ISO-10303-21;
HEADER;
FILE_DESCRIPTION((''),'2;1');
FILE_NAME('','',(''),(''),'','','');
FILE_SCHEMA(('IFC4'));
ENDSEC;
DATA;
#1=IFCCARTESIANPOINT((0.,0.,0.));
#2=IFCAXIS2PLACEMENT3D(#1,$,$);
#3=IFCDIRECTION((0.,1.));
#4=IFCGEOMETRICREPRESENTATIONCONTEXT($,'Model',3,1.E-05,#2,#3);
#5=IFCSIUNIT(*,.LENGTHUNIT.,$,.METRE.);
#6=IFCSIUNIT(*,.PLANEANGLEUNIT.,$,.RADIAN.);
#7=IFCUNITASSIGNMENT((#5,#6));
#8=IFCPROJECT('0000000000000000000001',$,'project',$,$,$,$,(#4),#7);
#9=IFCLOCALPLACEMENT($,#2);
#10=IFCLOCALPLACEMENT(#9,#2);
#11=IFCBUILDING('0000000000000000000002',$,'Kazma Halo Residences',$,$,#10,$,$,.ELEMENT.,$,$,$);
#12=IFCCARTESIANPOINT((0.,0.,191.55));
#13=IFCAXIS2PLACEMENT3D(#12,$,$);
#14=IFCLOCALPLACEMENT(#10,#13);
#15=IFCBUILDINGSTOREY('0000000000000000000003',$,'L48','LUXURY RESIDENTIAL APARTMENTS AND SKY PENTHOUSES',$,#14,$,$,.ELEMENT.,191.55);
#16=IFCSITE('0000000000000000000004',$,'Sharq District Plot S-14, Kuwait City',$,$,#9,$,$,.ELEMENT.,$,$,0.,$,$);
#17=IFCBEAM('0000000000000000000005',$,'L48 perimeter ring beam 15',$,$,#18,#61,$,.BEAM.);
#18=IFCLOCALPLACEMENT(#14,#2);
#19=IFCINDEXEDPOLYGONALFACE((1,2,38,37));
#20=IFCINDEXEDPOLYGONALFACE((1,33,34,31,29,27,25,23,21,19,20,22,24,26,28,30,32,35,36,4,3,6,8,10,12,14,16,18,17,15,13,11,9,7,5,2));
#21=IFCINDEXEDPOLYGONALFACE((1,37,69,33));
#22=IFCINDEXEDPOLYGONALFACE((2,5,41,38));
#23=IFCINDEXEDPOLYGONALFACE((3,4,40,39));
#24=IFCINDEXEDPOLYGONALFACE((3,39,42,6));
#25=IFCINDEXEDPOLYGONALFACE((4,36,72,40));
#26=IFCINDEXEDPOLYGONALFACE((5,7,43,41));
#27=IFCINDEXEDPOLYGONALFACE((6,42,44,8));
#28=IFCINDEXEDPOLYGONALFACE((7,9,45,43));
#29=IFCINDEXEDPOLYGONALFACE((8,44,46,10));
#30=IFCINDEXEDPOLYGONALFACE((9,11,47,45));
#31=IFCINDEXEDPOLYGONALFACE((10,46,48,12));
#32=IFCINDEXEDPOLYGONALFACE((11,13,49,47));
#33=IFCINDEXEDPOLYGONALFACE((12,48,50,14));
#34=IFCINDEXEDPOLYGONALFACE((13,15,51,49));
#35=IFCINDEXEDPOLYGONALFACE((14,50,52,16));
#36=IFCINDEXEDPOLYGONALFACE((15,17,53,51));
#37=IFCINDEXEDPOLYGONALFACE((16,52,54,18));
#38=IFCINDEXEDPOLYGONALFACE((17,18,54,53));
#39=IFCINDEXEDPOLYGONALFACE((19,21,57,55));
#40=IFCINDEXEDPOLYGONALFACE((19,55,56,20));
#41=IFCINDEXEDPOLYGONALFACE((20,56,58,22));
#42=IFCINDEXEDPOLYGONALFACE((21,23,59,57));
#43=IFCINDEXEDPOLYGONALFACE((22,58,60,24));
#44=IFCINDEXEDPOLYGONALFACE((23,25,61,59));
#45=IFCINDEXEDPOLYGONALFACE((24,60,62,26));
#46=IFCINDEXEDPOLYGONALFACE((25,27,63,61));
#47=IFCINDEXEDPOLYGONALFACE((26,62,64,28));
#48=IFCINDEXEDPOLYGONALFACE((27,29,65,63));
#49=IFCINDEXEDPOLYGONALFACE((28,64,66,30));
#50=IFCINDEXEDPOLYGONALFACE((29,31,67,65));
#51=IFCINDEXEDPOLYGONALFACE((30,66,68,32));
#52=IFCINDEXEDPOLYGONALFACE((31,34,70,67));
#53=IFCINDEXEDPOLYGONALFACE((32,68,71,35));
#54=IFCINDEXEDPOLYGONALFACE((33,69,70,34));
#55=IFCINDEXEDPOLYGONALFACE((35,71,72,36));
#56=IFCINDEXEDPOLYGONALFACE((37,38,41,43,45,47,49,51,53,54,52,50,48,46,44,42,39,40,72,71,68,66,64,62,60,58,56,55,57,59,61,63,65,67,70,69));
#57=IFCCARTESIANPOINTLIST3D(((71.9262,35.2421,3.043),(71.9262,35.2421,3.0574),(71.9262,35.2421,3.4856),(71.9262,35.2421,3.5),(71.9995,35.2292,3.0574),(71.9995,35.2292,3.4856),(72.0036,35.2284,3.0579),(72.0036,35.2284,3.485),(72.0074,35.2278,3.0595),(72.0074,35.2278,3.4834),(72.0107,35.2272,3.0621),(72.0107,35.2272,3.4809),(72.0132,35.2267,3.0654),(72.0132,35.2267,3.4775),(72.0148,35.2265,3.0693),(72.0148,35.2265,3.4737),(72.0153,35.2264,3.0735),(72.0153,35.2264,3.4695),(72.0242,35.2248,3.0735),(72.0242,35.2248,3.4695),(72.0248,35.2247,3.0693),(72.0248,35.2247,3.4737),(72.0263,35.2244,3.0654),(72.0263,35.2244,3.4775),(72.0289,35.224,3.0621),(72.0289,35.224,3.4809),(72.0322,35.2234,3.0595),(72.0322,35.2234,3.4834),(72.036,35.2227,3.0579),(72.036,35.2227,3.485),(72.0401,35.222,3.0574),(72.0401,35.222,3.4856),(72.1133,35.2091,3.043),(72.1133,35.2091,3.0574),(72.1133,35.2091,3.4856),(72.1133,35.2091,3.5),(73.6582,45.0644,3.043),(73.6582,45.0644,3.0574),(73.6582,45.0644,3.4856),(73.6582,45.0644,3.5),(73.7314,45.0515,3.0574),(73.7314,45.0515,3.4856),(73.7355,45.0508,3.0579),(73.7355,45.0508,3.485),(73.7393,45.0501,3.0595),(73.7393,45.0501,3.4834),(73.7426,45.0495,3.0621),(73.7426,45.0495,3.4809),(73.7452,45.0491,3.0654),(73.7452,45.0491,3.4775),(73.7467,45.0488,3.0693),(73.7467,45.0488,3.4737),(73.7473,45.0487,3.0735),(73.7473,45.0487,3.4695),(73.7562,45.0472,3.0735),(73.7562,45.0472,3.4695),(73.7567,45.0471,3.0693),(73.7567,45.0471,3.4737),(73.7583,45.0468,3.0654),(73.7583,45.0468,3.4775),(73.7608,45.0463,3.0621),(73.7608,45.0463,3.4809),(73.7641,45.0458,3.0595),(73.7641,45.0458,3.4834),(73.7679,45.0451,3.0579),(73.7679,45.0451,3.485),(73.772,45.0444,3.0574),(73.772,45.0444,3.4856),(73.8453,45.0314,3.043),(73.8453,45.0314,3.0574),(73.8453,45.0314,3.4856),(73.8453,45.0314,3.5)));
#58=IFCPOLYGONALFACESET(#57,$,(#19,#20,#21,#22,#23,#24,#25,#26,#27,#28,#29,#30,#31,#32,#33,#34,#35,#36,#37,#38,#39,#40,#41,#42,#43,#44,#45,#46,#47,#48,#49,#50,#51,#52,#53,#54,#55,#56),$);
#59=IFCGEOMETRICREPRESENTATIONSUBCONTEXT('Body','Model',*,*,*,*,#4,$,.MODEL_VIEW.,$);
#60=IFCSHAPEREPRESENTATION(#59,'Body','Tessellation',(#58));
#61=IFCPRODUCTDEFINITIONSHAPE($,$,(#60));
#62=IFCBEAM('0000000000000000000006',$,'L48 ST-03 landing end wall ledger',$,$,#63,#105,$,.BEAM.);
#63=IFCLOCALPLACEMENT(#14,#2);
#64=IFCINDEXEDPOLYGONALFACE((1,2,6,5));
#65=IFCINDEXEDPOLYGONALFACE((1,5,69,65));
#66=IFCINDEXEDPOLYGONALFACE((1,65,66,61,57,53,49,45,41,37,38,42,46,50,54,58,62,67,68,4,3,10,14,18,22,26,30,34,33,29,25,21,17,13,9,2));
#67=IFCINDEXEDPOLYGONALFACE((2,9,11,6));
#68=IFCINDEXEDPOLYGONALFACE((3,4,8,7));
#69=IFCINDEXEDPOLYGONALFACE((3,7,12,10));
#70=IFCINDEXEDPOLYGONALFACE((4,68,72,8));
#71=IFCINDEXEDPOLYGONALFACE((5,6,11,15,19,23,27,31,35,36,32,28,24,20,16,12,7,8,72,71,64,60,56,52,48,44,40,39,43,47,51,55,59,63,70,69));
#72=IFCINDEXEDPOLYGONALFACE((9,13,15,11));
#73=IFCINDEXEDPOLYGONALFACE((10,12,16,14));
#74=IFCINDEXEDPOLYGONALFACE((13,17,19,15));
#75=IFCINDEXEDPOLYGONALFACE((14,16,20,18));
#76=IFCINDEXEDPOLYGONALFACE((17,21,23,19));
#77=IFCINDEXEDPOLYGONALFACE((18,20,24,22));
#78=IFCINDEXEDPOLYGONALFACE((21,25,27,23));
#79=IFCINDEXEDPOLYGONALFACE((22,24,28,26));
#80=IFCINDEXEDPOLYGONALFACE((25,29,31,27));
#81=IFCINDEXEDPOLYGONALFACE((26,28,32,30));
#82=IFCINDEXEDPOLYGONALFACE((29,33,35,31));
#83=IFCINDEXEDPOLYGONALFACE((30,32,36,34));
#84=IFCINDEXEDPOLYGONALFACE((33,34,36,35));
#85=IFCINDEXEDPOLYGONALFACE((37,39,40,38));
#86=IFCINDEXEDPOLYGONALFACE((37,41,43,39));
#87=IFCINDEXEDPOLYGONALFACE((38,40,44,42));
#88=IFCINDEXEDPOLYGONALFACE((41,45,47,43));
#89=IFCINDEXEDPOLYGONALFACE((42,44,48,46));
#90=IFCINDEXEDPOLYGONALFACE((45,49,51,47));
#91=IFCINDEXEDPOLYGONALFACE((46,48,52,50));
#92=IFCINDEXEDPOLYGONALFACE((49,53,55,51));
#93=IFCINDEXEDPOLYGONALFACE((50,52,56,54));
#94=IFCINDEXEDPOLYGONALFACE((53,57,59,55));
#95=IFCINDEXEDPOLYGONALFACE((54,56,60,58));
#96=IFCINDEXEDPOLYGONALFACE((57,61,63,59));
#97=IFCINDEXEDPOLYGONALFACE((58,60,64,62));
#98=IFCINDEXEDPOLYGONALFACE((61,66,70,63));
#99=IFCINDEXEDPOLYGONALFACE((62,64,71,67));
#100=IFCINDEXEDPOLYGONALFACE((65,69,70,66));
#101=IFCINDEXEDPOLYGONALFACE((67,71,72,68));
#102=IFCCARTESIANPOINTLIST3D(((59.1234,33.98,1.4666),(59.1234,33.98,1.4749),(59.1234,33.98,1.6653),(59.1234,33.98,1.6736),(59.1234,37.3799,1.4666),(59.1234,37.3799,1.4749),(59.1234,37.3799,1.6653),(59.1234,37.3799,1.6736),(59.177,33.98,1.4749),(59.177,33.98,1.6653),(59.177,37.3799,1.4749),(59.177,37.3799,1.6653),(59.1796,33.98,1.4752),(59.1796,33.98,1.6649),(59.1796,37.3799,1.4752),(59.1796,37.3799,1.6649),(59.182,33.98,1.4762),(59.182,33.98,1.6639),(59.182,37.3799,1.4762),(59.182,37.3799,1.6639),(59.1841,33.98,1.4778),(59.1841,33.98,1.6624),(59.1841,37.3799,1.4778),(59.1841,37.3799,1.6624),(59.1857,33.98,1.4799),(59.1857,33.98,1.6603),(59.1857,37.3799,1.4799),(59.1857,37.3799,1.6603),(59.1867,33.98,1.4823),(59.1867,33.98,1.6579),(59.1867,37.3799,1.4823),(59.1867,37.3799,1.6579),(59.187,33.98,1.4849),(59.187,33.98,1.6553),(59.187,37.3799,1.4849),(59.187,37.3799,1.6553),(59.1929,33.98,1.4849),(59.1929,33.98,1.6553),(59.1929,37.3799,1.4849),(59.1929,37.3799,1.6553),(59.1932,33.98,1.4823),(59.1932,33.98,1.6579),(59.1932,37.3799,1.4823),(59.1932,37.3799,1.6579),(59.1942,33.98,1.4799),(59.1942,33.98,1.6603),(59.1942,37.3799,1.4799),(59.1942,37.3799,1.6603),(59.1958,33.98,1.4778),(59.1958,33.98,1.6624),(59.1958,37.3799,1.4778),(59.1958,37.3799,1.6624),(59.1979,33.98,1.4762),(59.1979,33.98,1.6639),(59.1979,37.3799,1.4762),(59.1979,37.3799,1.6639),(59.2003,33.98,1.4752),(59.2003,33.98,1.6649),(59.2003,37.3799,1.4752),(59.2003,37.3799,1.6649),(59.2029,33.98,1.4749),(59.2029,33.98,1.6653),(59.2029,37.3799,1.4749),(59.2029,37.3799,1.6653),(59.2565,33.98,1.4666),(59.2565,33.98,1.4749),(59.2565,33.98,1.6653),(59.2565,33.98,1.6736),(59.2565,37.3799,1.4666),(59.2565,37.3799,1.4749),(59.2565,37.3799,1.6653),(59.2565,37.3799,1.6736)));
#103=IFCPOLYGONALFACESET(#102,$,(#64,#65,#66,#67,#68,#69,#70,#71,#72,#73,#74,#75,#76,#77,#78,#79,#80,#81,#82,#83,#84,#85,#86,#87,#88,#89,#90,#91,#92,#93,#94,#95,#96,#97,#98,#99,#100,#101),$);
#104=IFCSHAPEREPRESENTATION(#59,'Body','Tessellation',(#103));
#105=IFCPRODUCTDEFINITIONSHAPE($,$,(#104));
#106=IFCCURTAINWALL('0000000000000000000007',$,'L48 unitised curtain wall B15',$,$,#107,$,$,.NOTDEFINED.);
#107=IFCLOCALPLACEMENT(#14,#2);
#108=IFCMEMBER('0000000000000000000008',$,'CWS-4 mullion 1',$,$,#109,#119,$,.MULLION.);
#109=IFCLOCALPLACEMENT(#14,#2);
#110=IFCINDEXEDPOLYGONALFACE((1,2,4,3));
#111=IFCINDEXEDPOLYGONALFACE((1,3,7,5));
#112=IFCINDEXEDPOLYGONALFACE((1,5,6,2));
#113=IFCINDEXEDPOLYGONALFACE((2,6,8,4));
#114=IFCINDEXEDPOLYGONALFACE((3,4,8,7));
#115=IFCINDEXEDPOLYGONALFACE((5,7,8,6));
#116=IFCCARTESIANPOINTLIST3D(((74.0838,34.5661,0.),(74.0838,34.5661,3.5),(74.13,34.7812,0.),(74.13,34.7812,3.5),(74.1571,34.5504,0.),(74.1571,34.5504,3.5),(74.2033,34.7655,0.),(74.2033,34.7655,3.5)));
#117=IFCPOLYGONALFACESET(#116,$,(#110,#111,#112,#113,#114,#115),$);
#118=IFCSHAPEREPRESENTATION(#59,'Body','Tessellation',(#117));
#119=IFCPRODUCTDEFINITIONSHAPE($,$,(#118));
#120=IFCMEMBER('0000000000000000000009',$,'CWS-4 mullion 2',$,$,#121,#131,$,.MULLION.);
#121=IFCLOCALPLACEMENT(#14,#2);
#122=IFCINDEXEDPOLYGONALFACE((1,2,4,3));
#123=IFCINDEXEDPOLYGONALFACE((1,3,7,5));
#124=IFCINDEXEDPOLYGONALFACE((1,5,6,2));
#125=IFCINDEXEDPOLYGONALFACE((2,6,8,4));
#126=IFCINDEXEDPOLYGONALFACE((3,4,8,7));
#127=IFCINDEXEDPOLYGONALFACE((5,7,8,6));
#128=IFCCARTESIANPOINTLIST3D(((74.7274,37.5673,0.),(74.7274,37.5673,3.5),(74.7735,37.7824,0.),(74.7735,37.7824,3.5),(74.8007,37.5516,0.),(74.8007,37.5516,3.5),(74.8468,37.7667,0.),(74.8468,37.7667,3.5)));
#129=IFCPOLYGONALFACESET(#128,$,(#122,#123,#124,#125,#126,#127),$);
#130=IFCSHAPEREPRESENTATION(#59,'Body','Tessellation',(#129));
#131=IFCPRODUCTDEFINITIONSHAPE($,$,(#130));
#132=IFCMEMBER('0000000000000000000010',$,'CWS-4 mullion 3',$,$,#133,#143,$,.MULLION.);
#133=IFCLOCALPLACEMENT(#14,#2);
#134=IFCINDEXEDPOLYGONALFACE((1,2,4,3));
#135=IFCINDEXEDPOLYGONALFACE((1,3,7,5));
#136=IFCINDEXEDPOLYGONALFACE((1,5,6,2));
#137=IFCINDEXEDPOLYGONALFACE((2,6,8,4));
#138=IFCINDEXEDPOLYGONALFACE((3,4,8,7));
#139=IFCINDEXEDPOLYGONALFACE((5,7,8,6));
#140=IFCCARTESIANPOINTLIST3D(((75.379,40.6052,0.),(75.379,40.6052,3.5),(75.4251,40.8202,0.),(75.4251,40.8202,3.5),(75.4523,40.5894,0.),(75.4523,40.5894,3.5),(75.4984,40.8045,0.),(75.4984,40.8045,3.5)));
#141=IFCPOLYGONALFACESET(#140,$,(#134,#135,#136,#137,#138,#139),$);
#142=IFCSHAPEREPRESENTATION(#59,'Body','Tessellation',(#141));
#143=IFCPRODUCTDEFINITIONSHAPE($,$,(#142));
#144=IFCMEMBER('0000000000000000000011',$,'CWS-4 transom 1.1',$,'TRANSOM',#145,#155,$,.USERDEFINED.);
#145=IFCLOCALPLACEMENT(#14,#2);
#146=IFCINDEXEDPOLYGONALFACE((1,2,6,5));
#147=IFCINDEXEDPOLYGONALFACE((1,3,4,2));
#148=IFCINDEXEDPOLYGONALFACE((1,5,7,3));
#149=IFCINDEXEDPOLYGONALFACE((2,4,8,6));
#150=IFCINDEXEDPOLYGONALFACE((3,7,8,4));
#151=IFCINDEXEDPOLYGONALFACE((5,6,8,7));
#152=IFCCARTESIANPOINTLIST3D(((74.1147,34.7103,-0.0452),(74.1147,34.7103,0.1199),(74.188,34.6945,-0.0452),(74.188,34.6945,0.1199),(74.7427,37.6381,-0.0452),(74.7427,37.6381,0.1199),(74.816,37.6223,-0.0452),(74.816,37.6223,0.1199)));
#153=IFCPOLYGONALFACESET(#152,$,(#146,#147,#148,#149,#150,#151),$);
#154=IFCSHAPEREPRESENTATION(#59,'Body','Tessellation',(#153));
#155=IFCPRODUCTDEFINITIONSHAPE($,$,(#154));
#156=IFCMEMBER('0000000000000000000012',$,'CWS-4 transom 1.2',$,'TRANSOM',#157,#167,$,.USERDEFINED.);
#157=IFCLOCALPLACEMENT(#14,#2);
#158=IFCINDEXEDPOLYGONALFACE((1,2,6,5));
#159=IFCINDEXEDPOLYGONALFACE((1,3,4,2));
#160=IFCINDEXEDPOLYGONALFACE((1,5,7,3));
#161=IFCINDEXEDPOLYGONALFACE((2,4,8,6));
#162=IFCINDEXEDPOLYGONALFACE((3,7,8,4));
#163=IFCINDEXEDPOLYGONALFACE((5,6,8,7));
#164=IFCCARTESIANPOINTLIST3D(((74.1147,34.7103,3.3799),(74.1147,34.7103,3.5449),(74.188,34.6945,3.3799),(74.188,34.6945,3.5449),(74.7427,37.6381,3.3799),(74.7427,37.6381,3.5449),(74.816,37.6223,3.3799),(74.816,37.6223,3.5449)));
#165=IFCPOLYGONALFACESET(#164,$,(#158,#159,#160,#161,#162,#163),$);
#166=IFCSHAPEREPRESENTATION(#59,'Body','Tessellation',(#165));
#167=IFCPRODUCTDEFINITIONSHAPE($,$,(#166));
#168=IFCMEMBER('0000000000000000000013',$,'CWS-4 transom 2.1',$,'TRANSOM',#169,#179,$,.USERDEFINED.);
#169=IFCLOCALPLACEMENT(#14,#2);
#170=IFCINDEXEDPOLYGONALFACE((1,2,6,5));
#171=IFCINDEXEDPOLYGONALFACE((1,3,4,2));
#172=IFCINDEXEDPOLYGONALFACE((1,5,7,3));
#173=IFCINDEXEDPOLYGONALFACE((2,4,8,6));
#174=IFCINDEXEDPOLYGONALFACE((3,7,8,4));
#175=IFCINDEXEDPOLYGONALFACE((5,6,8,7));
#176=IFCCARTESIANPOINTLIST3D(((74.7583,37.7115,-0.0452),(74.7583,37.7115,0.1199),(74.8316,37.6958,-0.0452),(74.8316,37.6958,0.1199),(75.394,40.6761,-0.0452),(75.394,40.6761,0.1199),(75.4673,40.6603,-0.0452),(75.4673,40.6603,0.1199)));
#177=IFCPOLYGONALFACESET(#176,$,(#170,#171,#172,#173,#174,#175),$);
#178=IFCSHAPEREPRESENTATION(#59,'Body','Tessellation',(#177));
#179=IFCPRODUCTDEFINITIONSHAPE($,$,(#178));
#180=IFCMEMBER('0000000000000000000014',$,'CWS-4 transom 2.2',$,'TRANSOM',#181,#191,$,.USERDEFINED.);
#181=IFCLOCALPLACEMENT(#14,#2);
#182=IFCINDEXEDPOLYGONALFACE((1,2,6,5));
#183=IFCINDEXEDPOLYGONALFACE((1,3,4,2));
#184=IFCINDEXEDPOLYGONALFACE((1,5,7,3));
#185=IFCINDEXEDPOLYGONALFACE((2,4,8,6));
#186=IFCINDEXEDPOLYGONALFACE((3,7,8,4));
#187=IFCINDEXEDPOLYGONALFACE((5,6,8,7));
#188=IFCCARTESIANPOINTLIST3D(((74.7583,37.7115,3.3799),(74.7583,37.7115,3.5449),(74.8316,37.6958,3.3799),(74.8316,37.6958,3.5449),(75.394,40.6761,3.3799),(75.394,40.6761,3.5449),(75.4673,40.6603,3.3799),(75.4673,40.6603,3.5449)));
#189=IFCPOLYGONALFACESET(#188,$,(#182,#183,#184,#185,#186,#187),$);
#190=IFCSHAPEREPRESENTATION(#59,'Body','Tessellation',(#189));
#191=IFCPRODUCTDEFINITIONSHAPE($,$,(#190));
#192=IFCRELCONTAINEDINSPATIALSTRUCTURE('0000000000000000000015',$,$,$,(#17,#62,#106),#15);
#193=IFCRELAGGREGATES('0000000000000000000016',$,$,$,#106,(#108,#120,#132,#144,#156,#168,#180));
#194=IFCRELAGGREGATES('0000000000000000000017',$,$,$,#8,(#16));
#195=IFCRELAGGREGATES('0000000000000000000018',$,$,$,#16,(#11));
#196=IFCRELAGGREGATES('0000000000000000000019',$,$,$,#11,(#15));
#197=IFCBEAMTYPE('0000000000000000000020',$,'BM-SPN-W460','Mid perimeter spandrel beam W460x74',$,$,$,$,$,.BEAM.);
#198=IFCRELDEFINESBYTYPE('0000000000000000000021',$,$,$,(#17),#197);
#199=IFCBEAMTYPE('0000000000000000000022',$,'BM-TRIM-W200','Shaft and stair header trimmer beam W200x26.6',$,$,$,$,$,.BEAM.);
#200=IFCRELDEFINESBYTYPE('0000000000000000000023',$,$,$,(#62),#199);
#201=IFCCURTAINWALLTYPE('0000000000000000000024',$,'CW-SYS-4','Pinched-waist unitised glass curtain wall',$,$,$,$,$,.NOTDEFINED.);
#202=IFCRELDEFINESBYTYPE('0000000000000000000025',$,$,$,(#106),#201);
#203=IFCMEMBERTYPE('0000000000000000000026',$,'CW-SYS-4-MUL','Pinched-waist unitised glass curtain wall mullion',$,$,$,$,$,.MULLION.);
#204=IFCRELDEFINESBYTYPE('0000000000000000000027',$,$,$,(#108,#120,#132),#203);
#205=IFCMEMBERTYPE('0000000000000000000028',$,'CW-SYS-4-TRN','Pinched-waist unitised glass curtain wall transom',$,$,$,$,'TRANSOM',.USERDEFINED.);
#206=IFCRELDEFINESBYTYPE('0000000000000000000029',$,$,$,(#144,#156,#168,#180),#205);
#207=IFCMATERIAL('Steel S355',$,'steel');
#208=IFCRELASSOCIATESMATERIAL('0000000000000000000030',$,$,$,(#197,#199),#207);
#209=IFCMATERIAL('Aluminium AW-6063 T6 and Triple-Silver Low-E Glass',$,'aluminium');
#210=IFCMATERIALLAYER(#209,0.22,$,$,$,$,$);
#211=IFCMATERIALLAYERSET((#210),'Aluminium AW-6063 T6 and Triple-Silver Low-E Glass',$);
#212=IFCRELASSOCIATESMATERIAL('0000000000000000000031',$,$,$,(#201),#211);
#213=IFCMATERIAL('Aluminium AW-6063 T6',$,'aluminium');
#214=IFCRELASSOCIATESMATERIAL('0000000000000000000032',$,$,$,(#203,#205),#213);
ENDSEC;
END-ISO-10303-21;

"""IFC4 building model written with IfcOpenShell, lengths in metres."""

from ifc_helpers import new_model, si_unit, direction, frame, origin, origin_2d, place, context, subcontext, project, spatial, rectangle, i_section, extrude, material, layer, layer_set, material_profile, profile_set, type_object, element, aggregate, save


model = new_model("IFC4")

# Units and contexts
model_context = context("Model", 3, precision=1e-05, world=origin(), true_north=direction((0.0, 1.0)))
body_context = subcontext(model_context, "Body", "Model", "MODEL_VIEW")
ifc_project = project(units=[si_unit("LENGTHUNIT", "METRE"), si_unit("PLANEANGLEUNIT", "RADIAN")], contexts=[model_context])

# Site, building, storey
site_placement = place(None, origin())
site = spatial("IfcSite", under=ifc_project, at=site_placement, Name="Sharq District Plot S-14, Kuwait City", CompositionType="ELEMENT", RefElevation=0.0)
building_placement = place(site_placement, origin())
building = spatial("IfcBuilding", under=site, at=building_placement, Name="Kazma Halo Residences", CompositionType="ELEMENT")
storey_placement = place(building_placement, frame((0.0, 0.0, 191.55)))
storey = spatial("IfcBuildingStorey", under=building, at=storey_placement, Name="L48", Description="LUXURY RESIDENTIAL APARTMENTS AND SKY PENTHOUSES", CompositionType="ELEMENT", Elevation=191.55)

# Beams
ifc_material_1 = material(Name="Steel S355", Category="steel")
ifc_material_profile_1 = material_profile(ifc_material_1, i_section(OverallWidth=0.1899, OverallDepth=0.457, WebThickness=0.009, FlangeThickness=0.0144, FilletRadius=0.0161, at=origin_2d()), Name="W460x74")
ifc_profile_set_1 = profile_set([ifc_material_profile_1], Name="Steel S355")
beam_type_1 = type_object("IfcBeamType", Name="BM-SPN-W460", Description="Mid perimeter spandrel beam W460x74", PredefinedType="BEAM", material=ifc_profile_set_1)
beam_1_placement = place(storey_placement, frame((72.0198, 35.2256, 3.2715), z_axis=(0.173648, 0.984808, 0.0), x_axis=(-0.984808, 0.173648, 0.0)))
element("IfcBeam", 1, at=beam_1_placement, inside=storey, type_object=beam_type_1, Name="L48 perimeter ring beam 15", PredefinedType="BEAM", context=body_context, shape_type="SweptSolid", body=[
    extrude(i_section(OverallWidth=0.1899, OverallDepth=0.457, WebThickness=0.009, FlangeThickness=0.0144, FilletRadius=0.0161, at=origin_2d()), origin(), (0.0, 0.0, 1.0), 9.9739),
])
ifc_material_profile_2 = material_profile(ifc_material_1, i_section(OverallWidth=0.1331, OverallDepth=0.207, WebThickness=0.0059, FlangeThickness=0.0083, FilletRadius=0.01, at=origin_2d()), Name="W200x26.6")
ifc_profile_set_2 = profile_set([ifc_material_profile_2], Name="Steel S355")
beam_type_2 = type_object("IfcBeamType", Name="BM-TRIM-W200", Description="Shaft and stair header trimmer beam W200x26.6", PredefinedType="BEAM", material=ifc_profile_set_2)
beam_2_placement = place(storey_placement, frame((59.1899, 33.98, 1.5701), z_axis=(0.0, 1.0, 0.0), x_axis=(-1.0, 0.0, 0.0)))
element("IfcBeam", 2, at=beam_2_placement, inside=storey, type_object=beam_type_2, Name="L48 ST-03 landing end wall ledger", PredefinedType="BEAM", context=body_context, shape_type="SweptSolid", body=[
    extrude(i_section(OverallWidth=0.1331, OverallDepth=0.207, WebThickness=0.0059, FlangeThickness=0.0083, FilletRadius=0.01, at=origin_2d()), origin(), (0.0, 0.0, 1.0), 3.3999),
])

# Curtain wall, members
ifc_material_2 = material(Name="Aluminium AW-6063 T6 and Triple-Silver Low-E Glass", Category="aluminium")
ifc_layer_1 = layer(ifc_material_2, 0.22)
ifc_layer_set_1 = layer_set([ifc_layer_1], Name="Aluminium AW-6063 T6 and Triple-Silver Low-E Glass")
curtain_wall_type = type_object("IfcCurtainWallType", Name="CW-SYS-4", Description="Pinched-waist unitised glass curtain wall", PredefinedType="NOTDEFINED", material=ifc_layer_set_1)
curtain_wall_placement = place(storey_placement, origin())
curtain_wall = element("IfcCurtainWall", 3, at=curtain_wall_placement, inside=storey, type_object=curtain_wall_type, Name="L48 unitised curtain wall B15", PredefinedType="NOTDEFINED")
ifc_material_3 = material(Name="Aluminium AW-6063 T6", Category="aluminium")
ifc_material_profile_3 = material_profile(ifc_material_3, rectangle(XDim=0.075, YDim=0.22, at=origin_2d()), Name="CWM-75x220")
ifc_profile_set_3 = profile_set([ifc_material_profile_3], Name="Aluminium AW-6063 T6")
member_type_1 = type_object("IfcMemberType", Name="CW-SYS-4-MUL", Description="Pinched-waist unitised glass curtain wall mullion", PredefinedType="MULLION", material=ifc_profile_set_3)
member_1_placement = place(storey_placement, frame((74.1436, 34.6658, 0.0), z_axis=(0.0, 0.0, 1.0), x_axis=(-0.977768, 0.20969, 0.0)))
member_1 = element("IfcMember", 4, at=member_1_placement, type_object=member_type_1, Name="CWS-4 mullion 1", PredefinedType="MULLION", context=body_context, shape_type="SweptSolid", body=[
    extrude(rectangle(XDim=0.075, YDim=0.22, at=origin_2d()), origin(), (0.0, 0.0, 1.0), 3.5),
])
member_2_placement = place(storey_placement, frame((74.7871, 37.667, 0.0), z_axis=(0.0, 0.0, 1.0), x_axis=(-0.977768, 0.20969, 0.0)))
member_2 = element("IfcMember", 5, at=member_2_placement, type_object=member_type_1, Name="CWS-4 mullion 2", PredefinedType="MULLION", context=body_context, shape_type="SweptSolid", body=[
    extrude(rectangle(XDim=0.075, YDim=0.22, at=origin_2d()), origin(), (0.0, 0.0, 1.0), 3.5),
])
member_3_placement = place(storey_placement, frame((75.4387, 40.7048, 0.0), z_axis=(0.0, 0.0, 1.0), x_axis=(-0.977768, 0.20969, 0.0)))
member_3 = element("IfcMember", 6, at=member_3_placement, type_object=member_type_1, Name="CWS-4 mullion 3", PredefinedType="MULLION", context=body_context, shape_type="SweptSolid", body=[
    extrude(rectangle(XDim=0.075, YDim=0.22, at=origin_2d()), origin(), (0.0, 0.0, 1.0), 3.5),
])
ifc_material_profile_4 = material_profile(ifc_material_3, rectangle(XDim=0.075, YDim=0.165, at=origin_2d()), Name="CWT-75x165")
ifc_profile_set_4 = profile_set([ifc_material_profile_4], Name="Aluminium AW-6063 T6")
member_type_2 = type_object("IfcMemberType", Name="CW-SYS-4-TRN", Description="Pinched-waist unitised glass curtain wall transom", ElementType="TRANSOM", PredefinedType="USERDEFINED", material=ifc_profile_set_4)
member_4_placement = place(storey_placement, frame((74.1514, 34.7024, 0.0374), z_axis=(0.209707, 0.977764, 0.0), x_axis=(-0.977764, 0.209707, 0.0)))
member_4 = element("IfcMember", 7, at=member_4_placement, type_object=member_type_2, Name="CWS-4 transom 1.1", ObjectType="TRANSOM", PredefinedType="USERDEFINED", context=body_context, shape_type="SweptSolid", body=[
    extrude(rectangle(XDim=0.075, YDim=0.165, at=origin_2d()), origin(), (0.0, 0.0, 1.0), 2.9944),
])
member_5_placement = place(storey_placement, frame((74.1514, 34.7024, 3.4624), z_axis=(0.209707, 0.977764, 0.0), x_axis=(-0.977764, 0.209707, 0.0)))
member_5 = element("IfcMember", 8, at=member_5_placement, type_object=member_type_2, Name="CWS-4 transom 1.2", ObjectType="TRANSOM", PredefinedType="USERDEFINED", context=body_context, shape_type="SweptSolid", body=[
    extrude(rectangle(XDim=0.075, YDim=0.165, at=origin_2d()), origin(), (0.0, 0.0, 1.0), 2.9944),
])
member_6_placement = place(storey_placement, frame((74.7949, 37.7036, 0.0374), z_axis=(0.209678, 0.977771, 0.0), x_axis=(-0.977771, 0.209678, 0.0)))
member_6 = element("IfcMember", 9, at=member_6_placement, type_object=member_type_2, Name="CWS-4 transom 2.1", ObjectType="TRANSOM", PredefinedType="USERDEFINED", context=body_context, shape_type="SweptSolid", body=[
    extrude(rectangle(XDim=0.075, YDim=0.165, at=origin_2d()), origin(), (0.0, 0.0, 1.0), 3.032),
])
member_7_placement = place(storey_placement, frame((74.7949, 37.7036, 3.4624), z_axis=(0.209678, 0.977771, 0.0), x_axis=(-0.977771, 0.209678, 0.0)))
member_7 = element("IfcMember", 10, at=member_7_placement, type_object=member_type_2, Name="CWS-4 transom 2.2", ObjectType="TRANSOM", PredefinedType="USERDEFINED", context=body_context, shape_type="SweptSolid", body=[
    extrude(rectangle(XDim=0.075, YDim=0.165, at=origin_2d()), origin(), (0.0, 0.0, 1.0), 3.032),
])
aggregate(curtain_wall, [member_1, member_2, member_3, member_4, member_5, member_6, member_7])

save(model, "model.ifc")
